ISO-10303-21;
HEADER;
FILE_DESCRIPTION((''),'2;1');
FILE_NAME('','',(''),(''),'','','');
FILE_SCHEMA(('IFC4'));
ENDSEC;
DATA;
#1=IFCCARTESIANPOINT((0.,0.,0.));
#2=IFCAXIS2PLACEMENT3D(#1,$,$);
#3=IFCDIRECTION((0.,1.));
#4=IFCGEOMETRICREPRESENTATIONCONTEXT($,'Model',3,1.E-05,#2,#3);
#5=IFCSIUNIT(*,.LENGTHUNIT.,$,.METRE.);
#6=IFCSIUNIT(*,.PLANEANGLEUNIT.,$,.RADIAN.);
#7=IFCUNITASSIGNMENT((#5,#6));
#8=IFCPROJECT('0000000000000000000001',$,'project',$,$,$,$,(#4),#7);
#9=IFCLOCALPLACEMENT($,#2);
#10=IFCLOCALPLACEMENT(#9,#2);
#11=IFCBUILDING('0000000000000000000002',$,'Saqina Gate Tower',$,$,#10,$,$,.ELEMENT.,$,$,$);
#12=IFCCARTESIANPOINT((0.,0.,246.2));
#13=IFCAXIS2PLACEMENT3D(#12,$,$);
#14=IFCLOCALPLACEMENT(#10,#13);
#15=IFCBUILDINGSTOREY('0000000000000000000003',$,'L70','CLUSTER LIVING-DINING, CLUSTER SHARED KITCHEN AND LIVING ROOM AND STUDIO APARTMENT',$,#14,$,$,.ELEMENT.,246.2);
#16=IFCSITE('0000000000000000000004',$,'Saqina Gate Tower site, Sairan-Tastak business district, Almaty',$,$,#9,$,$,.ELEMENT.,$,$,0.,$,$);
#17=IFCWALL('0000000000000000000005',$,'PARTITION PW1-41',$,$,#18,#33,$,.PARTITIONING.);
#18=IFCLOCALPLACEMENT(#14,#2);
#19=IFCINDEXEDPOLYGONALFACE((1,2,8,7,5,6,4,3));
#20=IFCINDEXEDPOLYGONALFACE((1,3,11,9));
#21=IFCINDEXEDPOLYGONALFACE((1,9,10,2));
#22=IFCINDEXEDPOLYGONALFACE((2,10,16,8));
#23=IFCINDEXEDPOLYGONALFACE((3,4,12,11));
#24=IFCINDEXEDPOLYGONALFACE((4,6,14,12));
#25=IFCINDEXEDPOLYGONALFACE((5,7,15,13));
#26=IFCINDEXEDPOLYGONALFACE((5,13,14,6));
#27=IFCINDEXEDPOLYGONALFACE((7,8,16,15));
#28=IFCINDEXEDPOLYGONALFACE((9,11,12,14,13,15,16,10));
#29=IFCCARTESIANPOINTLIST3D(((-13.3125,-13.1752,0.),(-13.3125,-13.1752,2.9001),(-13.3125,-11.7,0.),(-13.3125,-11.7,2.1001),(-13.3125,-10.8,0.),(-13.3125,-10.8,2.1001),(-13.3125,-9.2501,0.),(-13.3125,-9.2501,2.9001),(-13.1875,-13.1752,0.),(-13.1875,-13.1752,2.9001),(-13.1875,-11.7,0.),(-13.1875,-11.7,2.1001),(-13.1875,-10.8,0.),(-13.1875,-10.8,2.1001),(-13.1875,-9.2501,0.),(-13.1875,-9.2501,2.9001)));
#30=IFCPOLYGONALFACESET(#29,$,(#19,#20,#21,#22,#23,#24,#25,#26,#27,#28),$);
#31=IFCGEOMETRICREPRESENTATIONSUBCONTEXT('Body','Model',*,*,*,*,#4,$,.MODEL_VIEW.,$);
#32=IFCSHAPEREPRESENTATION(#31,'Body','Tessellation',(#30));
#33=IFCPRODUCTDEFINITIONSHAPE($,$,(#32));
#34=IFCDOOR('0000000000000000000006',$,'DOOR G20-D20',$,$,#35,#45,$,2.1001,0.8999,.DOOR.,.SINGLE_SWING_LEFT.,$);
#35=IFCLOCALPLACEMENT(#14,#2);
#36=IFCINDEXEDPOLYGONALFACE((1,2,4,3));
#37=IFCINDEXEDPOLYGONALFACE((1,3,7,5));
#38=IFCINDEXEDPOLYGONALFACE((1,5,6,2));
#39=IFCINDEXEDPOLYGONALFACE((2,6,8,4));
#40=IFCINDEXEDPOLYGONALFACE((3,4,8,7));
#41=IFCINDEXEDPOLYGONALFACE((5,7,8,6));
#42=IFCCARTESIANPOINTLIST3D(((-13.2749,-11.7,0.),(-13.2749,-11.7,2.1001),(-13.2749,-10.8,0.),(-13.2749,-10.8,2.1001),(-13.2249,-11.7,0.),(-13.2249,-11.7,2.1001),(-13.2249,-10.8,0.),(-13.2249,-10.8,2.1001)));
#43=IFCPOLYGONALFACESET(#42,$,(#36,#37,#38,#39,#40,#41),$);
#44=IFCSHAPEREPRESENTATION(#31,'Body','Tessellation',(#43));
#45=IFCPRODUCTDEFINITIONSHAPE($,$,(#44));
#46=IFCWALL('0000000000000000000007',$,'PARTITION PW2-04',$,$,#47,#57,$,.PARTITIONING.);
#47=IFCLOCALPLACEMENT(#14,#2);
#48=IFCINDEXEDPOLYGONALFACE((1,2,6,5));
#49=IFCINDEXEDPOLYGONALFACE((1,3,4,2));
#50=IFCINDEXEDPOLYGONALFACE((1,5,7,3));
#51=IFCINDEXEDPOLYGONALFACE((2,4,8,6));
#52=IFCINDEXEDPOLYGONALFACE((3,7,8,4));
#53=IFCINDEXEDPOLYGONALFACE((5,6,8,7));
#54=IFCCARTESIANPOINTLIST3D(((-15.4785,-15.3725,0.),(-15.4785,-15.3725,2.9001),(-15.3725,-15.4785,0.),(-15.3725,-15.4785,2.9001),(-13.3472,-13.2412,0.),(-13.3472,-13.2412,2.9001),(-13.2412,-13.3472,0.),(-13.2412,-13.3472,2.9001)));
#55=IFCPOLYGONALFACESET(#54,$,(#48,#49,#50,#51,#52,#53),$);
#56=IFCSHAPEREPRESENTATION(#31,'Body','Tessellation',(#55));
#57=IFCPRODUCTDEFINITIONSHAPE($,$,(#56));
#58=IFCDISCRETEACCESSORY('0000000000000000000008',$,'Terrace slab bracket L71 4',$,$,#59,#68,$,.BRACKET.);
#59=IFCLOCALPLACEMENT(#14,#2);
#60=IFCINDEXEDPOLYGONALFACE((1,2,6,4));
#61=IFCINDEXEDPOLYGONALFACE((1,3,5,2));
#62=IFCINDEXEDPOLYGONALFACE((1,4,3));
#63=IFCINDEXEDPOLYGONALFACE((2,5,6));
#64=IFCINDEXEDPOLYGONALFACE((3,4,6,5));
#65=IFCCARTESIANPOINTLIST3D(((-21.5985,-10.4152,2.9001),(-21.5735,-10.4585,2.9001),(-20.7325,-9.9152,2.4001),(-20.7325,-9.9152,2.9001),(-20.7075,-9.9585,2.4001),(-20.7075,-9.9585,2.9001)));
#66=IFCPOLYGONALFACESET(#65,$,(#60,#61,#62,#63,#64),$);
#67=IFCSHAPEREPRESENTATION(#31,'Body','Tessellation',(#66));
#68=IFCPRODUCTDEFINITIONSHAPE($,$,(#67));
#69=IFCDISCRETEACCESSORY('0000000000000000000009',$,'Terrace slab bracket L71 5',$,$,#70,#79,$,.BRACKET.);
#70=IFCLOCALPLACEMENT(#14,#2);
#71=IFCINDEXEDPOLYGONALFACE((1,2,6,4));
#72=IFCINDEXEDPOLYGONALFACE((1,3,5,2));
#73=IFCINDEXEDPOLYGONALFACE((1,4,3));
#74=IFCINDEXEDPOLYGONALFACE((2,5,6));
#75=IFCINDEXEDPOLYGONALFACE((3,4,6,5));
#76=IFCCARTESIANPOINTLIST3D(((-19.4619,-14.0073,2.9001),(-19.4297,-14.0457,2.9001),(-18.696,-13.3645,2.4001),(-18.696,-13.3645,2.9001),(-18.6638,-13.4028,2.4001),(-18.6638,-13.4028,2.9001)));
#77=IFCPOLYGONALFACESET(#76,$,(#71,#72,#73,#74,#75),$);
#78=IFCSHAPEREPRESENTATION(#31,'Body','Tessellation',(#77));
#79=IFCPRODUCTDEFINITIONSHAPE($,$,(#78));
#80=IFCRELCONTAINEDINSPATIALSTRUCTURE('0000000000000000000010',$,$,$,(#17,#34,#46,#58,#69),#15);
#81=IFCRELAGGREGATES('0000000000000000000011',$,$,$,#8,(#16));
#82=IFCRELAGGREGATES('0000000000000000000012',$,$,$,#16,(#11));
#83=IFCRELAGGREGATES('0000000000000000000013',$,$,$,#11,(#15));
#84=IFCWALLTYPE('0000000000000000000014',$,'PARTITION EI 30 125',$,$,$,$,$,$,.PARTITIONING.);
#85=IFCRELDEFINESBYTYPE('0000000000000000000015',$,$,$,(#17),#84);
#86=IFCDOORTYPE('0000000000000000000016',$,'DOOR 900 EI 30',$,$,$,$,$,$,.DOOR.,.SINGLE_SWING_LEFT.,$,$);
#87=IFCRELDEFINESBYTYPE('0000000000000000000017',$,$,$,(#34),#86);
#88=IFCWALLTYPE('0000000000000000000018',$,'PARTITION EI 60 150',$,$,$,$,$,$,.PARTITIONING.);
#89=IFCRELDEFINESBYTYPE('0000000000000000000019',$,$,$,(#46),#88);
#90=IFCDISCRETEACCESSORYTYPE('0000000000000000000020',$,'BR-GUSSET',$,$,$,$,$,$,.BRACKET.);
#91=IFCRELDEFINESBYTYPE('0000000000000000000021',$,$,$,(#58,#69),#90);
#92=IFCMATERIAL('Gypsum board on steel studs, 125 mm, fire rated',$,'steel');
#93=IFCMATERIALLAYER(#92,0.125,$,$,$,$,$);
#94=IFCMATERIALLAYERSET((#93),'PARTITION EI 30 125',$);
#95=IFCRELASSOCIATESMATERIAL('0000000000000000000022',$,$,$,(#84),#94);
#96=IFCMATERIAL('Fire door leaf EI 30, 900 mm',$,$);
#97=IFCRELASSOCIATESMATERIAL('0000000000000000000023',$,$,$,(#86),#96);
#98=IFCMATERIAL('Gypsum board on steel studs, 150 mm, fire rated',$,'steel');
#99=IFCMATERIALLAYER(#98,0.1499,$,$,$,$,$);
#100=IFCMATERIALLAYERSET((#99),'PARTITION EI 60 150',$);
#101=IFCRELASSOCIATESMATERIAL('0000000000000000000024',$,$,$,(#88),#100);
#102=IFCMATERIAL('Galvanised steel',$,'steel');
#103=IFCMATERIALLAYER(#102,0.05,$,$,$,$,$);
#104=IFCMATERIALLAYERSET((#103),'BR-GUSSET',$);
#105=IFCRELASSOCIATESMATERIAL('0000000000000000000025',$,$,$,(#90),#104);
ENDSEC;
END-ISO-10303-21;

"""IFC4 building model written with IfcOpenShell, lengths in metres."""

from ifc_helpers import new_model, si_unit, direction, frame, frame_2d, origin, place, context, subcontext, project, spatial, polyline, rectangle, outline, extrude, material, layer, layer_set, type_object, element, fill, save


model = new_model("IFC4")

# Units and contexts
model_context = context("Model", 3, precision=1e-05, world=origin(), true_north=direction((0.0, 1.0)))
body_context = subcontext(model_context, "Body", "Model", "MODEL_VIEW")
ifc_project = project(units=[si_unit("LENGTHUNIT", "METRE"), si_unit("PLANEANGLEUNIT", "RADIAN")], contexts=[model_context])

# Site, building, storey
site_placement = place(None, origin())
site = spatial("IfcSite", under=ifc_project, at=site_placement, Name="Saqina Gate Tower site, Sairan-Tastak business district, Almaty", CompositionType="ELEMENT", RefElevation=0.0)
building_placement = place(site_placement, origin())
building = spatial("IfcBuilding", under=site, at=building_placement, Name="Saqina Gate Tower", CompositionType="ELEMENT")
storey_placement = place(building_placement, frame((0.0, 0.0, 246.2)))
storey = spatial("IfcBuildingStorey", under=building, at=storey_placement, Name="L70", Description="CLUSTER LIVING-DINING, CLUSTER SHARED KITCHEN AND LIVING ROOM AND STUDIO APARTMENT", CompositionType="ELEMENT", Elevation=246.2)

# Wall, opening, door
ifc_material_1 = material(Name="Gypsum board on steel studs, 125 mm, fire rated", Category="steel")
ifc_layer_1 = layer(ifc_material_1, 0.125)
ifc_layer_set_1 = layer_set([ifc_layer_1], Name="PARTITION EI 30 125")
wall_type_1 = type_object("IfcWallType", Name="PARTITION EI 30 125", PredefinedType="PARTITIONING", material=ifc_layer_set_1)
ifc_material_2 = material(Name="Fire door leaf EI 30, 900 mm")
door_type_1 = type_object("IfcDoorType", Name="DOOR 900 EI 30", OperationType="SINGLE_SWING_LEFT", PredefinedType="DOOR", material=ifc_material_2)
wall_1_placement = place(storey_placement, frame((-13.25, -13.175, 0.0), z_axis=(0.0, 0.0, 1.0), x_axis=(0.0, 1.0, 0.0)))
wall_1 = element("IfcWall", 1, at=wall_1_placement, inside=storey, type_object=wall_type_1, Name="PARTITION PW1-41", PredefinedType="PARTITIONING", context=body_context, shape_type="SweptSolid", body=[
    extrude(rectangle(XDim=3.925, YDim=0.125, at=frame_2d((1.9624, 0.0))), origin(), (0.0, 0.0, 1.0), 2.9001),
])
opening_1_placement = place(wall_1_placement, frame((1.4751, 0.0, 0.0)))
opening_1 = element("IfcOpeningElement", 2, at=opening_1_placement, cuts=wall_1, PredefinedType="OPENING", context=body_context, shape_type="SweptSolid", body=[
    extrude(rectangle(XDim=0.8999, YDim=2.1001, at=frame_2d((0.45, 1.05))), frame((0.0, 0.0745, 0.0), z_axis=(0.0, -1.0, 0.0), x_axis=(1.0, 0.0, 0.0)), (0.0, 0.0, 1.0), 0.1489),
])
door_1_placement = place(opening_1_placement, origin())
door_1 = element("IfcDoor", 3, at=door_1_placement, inside=storey, type_object=door_type_1, Name="DOOR G20-D20", OperationType="SINGLE_SWING_LEFT", OverallHeight=2.1001, OverallWidth=0.8999, PredefinedType="DOOR", context=body_context, shape_type="SweptSolid", body=[
    extrude(rectangle(XDim=0.8999, YDim=2.1001, at=frame_2d((0.45, 1.05))), frame((0.0, 0.0249, 0.0), z_axis=(0.0, -1.0, 0.0), x_axis=(1.0, 0.0, 0.0)), (0.0, 0.0, 1.0), 0.05),
])
fill(opening_1, door_1)

# Wall
ifc_material_3 = material(Name="Gypsum board on steel studs, 150 mm, fire rated", Category="steel")
ifc_layer_2 = layer(ifc_material_3, 0.1499)
ifc_layer_set_2 = layer_set([ifc_layer_2], Name="PARTITION EI 60 150")
wall_type_2 = type_object("IfcWallType", Name="PARTITION EI 60 150", PredefinedType="PARTITIONING", material=ifc_layer_set_2)
wall_2_placement = place(storey_placement, frame((-15.4255, -15.4255, 0.0), z_axis=(0.0, 0.0, 1.0), x_axis=(0.707107, 0.707107, 0.0)))
element("IfcWall", 4, at=wall_2_placement, inside=storey, type_object=wall_type_2, Name="PARTITION PW2-04", PredefinedType="PARTITIONING", context=body_context, shape_type="SweptSolid", body=[
    extrude(rectangle(XDim=3.0142, YDim=0.1499, at=frame_2d((1.5071, 0.0))), origin(), (0.0, 0.0, 1.0), 2.9001),
])

# Discrete accessories
ifc_material_4 = material(Name="Galvanised steel", Category="steel")
ifc_layer_3 = layer(ifc_material_4, 0.05)
ifc_layer_set_3 = layer_set([ifc_layer_3], Name="BR-GUSSET")
discrete_accessory_type = type_object("IfcDiscreteAccessoryType", Name="BR-GUSSET", PredefinedType="BRACKET", material=ifc_layer_set_3)
discrete_accessory_1_placement = place(storey_placement, frame((-20.7075, -9.9585, 2.4001), z_axis=(0.500025, -0.866011, 0.0), x_axis=(0.0, 0.0, 1.0)))
element("IfcDiscreteAccessory", 5, at=discrete_accessory_1_placement, inside=storey, type_object=discrete_accessory_type, Name="Terrace slab bracket L71 4", PredefinedType="BRACKET", context=body_context, shape_type="SweptSolid", body=[
    extrude(outline(polyline([(0.0, 0.0), (0.5, 0.0), (0.5, 0.9999), (0.0, 0.0)])), origin(), (0.0, 0.0, -1.0), 0.05),
])
discrete_accessory_2_placement = place(storey_placement, frame((-18.6638, -13.4028, 2.4001), z_axis=(0.642894, -0.765955, 0.0), x_axis=(0.0, 0.0, 1.0)))
element("IfcDiscreteAccessory", 6, at=discrete_accessory_2_placement, inside=storey, type_object=discrete_accessory_type, Name="Terrace slab bracket L71 5", PredefinedType="BRACKET", context=body_context, shape_type="SweptSolid", body=[
    extrude(outline(polyline([(0.0, 0.0), (0.5, 0.0), (0.5, 0.9999), (0.0, 0.0)])), origin(), (0.0, 0.0, -1.0), 0.05),
])

save(model, "model.ifc")
